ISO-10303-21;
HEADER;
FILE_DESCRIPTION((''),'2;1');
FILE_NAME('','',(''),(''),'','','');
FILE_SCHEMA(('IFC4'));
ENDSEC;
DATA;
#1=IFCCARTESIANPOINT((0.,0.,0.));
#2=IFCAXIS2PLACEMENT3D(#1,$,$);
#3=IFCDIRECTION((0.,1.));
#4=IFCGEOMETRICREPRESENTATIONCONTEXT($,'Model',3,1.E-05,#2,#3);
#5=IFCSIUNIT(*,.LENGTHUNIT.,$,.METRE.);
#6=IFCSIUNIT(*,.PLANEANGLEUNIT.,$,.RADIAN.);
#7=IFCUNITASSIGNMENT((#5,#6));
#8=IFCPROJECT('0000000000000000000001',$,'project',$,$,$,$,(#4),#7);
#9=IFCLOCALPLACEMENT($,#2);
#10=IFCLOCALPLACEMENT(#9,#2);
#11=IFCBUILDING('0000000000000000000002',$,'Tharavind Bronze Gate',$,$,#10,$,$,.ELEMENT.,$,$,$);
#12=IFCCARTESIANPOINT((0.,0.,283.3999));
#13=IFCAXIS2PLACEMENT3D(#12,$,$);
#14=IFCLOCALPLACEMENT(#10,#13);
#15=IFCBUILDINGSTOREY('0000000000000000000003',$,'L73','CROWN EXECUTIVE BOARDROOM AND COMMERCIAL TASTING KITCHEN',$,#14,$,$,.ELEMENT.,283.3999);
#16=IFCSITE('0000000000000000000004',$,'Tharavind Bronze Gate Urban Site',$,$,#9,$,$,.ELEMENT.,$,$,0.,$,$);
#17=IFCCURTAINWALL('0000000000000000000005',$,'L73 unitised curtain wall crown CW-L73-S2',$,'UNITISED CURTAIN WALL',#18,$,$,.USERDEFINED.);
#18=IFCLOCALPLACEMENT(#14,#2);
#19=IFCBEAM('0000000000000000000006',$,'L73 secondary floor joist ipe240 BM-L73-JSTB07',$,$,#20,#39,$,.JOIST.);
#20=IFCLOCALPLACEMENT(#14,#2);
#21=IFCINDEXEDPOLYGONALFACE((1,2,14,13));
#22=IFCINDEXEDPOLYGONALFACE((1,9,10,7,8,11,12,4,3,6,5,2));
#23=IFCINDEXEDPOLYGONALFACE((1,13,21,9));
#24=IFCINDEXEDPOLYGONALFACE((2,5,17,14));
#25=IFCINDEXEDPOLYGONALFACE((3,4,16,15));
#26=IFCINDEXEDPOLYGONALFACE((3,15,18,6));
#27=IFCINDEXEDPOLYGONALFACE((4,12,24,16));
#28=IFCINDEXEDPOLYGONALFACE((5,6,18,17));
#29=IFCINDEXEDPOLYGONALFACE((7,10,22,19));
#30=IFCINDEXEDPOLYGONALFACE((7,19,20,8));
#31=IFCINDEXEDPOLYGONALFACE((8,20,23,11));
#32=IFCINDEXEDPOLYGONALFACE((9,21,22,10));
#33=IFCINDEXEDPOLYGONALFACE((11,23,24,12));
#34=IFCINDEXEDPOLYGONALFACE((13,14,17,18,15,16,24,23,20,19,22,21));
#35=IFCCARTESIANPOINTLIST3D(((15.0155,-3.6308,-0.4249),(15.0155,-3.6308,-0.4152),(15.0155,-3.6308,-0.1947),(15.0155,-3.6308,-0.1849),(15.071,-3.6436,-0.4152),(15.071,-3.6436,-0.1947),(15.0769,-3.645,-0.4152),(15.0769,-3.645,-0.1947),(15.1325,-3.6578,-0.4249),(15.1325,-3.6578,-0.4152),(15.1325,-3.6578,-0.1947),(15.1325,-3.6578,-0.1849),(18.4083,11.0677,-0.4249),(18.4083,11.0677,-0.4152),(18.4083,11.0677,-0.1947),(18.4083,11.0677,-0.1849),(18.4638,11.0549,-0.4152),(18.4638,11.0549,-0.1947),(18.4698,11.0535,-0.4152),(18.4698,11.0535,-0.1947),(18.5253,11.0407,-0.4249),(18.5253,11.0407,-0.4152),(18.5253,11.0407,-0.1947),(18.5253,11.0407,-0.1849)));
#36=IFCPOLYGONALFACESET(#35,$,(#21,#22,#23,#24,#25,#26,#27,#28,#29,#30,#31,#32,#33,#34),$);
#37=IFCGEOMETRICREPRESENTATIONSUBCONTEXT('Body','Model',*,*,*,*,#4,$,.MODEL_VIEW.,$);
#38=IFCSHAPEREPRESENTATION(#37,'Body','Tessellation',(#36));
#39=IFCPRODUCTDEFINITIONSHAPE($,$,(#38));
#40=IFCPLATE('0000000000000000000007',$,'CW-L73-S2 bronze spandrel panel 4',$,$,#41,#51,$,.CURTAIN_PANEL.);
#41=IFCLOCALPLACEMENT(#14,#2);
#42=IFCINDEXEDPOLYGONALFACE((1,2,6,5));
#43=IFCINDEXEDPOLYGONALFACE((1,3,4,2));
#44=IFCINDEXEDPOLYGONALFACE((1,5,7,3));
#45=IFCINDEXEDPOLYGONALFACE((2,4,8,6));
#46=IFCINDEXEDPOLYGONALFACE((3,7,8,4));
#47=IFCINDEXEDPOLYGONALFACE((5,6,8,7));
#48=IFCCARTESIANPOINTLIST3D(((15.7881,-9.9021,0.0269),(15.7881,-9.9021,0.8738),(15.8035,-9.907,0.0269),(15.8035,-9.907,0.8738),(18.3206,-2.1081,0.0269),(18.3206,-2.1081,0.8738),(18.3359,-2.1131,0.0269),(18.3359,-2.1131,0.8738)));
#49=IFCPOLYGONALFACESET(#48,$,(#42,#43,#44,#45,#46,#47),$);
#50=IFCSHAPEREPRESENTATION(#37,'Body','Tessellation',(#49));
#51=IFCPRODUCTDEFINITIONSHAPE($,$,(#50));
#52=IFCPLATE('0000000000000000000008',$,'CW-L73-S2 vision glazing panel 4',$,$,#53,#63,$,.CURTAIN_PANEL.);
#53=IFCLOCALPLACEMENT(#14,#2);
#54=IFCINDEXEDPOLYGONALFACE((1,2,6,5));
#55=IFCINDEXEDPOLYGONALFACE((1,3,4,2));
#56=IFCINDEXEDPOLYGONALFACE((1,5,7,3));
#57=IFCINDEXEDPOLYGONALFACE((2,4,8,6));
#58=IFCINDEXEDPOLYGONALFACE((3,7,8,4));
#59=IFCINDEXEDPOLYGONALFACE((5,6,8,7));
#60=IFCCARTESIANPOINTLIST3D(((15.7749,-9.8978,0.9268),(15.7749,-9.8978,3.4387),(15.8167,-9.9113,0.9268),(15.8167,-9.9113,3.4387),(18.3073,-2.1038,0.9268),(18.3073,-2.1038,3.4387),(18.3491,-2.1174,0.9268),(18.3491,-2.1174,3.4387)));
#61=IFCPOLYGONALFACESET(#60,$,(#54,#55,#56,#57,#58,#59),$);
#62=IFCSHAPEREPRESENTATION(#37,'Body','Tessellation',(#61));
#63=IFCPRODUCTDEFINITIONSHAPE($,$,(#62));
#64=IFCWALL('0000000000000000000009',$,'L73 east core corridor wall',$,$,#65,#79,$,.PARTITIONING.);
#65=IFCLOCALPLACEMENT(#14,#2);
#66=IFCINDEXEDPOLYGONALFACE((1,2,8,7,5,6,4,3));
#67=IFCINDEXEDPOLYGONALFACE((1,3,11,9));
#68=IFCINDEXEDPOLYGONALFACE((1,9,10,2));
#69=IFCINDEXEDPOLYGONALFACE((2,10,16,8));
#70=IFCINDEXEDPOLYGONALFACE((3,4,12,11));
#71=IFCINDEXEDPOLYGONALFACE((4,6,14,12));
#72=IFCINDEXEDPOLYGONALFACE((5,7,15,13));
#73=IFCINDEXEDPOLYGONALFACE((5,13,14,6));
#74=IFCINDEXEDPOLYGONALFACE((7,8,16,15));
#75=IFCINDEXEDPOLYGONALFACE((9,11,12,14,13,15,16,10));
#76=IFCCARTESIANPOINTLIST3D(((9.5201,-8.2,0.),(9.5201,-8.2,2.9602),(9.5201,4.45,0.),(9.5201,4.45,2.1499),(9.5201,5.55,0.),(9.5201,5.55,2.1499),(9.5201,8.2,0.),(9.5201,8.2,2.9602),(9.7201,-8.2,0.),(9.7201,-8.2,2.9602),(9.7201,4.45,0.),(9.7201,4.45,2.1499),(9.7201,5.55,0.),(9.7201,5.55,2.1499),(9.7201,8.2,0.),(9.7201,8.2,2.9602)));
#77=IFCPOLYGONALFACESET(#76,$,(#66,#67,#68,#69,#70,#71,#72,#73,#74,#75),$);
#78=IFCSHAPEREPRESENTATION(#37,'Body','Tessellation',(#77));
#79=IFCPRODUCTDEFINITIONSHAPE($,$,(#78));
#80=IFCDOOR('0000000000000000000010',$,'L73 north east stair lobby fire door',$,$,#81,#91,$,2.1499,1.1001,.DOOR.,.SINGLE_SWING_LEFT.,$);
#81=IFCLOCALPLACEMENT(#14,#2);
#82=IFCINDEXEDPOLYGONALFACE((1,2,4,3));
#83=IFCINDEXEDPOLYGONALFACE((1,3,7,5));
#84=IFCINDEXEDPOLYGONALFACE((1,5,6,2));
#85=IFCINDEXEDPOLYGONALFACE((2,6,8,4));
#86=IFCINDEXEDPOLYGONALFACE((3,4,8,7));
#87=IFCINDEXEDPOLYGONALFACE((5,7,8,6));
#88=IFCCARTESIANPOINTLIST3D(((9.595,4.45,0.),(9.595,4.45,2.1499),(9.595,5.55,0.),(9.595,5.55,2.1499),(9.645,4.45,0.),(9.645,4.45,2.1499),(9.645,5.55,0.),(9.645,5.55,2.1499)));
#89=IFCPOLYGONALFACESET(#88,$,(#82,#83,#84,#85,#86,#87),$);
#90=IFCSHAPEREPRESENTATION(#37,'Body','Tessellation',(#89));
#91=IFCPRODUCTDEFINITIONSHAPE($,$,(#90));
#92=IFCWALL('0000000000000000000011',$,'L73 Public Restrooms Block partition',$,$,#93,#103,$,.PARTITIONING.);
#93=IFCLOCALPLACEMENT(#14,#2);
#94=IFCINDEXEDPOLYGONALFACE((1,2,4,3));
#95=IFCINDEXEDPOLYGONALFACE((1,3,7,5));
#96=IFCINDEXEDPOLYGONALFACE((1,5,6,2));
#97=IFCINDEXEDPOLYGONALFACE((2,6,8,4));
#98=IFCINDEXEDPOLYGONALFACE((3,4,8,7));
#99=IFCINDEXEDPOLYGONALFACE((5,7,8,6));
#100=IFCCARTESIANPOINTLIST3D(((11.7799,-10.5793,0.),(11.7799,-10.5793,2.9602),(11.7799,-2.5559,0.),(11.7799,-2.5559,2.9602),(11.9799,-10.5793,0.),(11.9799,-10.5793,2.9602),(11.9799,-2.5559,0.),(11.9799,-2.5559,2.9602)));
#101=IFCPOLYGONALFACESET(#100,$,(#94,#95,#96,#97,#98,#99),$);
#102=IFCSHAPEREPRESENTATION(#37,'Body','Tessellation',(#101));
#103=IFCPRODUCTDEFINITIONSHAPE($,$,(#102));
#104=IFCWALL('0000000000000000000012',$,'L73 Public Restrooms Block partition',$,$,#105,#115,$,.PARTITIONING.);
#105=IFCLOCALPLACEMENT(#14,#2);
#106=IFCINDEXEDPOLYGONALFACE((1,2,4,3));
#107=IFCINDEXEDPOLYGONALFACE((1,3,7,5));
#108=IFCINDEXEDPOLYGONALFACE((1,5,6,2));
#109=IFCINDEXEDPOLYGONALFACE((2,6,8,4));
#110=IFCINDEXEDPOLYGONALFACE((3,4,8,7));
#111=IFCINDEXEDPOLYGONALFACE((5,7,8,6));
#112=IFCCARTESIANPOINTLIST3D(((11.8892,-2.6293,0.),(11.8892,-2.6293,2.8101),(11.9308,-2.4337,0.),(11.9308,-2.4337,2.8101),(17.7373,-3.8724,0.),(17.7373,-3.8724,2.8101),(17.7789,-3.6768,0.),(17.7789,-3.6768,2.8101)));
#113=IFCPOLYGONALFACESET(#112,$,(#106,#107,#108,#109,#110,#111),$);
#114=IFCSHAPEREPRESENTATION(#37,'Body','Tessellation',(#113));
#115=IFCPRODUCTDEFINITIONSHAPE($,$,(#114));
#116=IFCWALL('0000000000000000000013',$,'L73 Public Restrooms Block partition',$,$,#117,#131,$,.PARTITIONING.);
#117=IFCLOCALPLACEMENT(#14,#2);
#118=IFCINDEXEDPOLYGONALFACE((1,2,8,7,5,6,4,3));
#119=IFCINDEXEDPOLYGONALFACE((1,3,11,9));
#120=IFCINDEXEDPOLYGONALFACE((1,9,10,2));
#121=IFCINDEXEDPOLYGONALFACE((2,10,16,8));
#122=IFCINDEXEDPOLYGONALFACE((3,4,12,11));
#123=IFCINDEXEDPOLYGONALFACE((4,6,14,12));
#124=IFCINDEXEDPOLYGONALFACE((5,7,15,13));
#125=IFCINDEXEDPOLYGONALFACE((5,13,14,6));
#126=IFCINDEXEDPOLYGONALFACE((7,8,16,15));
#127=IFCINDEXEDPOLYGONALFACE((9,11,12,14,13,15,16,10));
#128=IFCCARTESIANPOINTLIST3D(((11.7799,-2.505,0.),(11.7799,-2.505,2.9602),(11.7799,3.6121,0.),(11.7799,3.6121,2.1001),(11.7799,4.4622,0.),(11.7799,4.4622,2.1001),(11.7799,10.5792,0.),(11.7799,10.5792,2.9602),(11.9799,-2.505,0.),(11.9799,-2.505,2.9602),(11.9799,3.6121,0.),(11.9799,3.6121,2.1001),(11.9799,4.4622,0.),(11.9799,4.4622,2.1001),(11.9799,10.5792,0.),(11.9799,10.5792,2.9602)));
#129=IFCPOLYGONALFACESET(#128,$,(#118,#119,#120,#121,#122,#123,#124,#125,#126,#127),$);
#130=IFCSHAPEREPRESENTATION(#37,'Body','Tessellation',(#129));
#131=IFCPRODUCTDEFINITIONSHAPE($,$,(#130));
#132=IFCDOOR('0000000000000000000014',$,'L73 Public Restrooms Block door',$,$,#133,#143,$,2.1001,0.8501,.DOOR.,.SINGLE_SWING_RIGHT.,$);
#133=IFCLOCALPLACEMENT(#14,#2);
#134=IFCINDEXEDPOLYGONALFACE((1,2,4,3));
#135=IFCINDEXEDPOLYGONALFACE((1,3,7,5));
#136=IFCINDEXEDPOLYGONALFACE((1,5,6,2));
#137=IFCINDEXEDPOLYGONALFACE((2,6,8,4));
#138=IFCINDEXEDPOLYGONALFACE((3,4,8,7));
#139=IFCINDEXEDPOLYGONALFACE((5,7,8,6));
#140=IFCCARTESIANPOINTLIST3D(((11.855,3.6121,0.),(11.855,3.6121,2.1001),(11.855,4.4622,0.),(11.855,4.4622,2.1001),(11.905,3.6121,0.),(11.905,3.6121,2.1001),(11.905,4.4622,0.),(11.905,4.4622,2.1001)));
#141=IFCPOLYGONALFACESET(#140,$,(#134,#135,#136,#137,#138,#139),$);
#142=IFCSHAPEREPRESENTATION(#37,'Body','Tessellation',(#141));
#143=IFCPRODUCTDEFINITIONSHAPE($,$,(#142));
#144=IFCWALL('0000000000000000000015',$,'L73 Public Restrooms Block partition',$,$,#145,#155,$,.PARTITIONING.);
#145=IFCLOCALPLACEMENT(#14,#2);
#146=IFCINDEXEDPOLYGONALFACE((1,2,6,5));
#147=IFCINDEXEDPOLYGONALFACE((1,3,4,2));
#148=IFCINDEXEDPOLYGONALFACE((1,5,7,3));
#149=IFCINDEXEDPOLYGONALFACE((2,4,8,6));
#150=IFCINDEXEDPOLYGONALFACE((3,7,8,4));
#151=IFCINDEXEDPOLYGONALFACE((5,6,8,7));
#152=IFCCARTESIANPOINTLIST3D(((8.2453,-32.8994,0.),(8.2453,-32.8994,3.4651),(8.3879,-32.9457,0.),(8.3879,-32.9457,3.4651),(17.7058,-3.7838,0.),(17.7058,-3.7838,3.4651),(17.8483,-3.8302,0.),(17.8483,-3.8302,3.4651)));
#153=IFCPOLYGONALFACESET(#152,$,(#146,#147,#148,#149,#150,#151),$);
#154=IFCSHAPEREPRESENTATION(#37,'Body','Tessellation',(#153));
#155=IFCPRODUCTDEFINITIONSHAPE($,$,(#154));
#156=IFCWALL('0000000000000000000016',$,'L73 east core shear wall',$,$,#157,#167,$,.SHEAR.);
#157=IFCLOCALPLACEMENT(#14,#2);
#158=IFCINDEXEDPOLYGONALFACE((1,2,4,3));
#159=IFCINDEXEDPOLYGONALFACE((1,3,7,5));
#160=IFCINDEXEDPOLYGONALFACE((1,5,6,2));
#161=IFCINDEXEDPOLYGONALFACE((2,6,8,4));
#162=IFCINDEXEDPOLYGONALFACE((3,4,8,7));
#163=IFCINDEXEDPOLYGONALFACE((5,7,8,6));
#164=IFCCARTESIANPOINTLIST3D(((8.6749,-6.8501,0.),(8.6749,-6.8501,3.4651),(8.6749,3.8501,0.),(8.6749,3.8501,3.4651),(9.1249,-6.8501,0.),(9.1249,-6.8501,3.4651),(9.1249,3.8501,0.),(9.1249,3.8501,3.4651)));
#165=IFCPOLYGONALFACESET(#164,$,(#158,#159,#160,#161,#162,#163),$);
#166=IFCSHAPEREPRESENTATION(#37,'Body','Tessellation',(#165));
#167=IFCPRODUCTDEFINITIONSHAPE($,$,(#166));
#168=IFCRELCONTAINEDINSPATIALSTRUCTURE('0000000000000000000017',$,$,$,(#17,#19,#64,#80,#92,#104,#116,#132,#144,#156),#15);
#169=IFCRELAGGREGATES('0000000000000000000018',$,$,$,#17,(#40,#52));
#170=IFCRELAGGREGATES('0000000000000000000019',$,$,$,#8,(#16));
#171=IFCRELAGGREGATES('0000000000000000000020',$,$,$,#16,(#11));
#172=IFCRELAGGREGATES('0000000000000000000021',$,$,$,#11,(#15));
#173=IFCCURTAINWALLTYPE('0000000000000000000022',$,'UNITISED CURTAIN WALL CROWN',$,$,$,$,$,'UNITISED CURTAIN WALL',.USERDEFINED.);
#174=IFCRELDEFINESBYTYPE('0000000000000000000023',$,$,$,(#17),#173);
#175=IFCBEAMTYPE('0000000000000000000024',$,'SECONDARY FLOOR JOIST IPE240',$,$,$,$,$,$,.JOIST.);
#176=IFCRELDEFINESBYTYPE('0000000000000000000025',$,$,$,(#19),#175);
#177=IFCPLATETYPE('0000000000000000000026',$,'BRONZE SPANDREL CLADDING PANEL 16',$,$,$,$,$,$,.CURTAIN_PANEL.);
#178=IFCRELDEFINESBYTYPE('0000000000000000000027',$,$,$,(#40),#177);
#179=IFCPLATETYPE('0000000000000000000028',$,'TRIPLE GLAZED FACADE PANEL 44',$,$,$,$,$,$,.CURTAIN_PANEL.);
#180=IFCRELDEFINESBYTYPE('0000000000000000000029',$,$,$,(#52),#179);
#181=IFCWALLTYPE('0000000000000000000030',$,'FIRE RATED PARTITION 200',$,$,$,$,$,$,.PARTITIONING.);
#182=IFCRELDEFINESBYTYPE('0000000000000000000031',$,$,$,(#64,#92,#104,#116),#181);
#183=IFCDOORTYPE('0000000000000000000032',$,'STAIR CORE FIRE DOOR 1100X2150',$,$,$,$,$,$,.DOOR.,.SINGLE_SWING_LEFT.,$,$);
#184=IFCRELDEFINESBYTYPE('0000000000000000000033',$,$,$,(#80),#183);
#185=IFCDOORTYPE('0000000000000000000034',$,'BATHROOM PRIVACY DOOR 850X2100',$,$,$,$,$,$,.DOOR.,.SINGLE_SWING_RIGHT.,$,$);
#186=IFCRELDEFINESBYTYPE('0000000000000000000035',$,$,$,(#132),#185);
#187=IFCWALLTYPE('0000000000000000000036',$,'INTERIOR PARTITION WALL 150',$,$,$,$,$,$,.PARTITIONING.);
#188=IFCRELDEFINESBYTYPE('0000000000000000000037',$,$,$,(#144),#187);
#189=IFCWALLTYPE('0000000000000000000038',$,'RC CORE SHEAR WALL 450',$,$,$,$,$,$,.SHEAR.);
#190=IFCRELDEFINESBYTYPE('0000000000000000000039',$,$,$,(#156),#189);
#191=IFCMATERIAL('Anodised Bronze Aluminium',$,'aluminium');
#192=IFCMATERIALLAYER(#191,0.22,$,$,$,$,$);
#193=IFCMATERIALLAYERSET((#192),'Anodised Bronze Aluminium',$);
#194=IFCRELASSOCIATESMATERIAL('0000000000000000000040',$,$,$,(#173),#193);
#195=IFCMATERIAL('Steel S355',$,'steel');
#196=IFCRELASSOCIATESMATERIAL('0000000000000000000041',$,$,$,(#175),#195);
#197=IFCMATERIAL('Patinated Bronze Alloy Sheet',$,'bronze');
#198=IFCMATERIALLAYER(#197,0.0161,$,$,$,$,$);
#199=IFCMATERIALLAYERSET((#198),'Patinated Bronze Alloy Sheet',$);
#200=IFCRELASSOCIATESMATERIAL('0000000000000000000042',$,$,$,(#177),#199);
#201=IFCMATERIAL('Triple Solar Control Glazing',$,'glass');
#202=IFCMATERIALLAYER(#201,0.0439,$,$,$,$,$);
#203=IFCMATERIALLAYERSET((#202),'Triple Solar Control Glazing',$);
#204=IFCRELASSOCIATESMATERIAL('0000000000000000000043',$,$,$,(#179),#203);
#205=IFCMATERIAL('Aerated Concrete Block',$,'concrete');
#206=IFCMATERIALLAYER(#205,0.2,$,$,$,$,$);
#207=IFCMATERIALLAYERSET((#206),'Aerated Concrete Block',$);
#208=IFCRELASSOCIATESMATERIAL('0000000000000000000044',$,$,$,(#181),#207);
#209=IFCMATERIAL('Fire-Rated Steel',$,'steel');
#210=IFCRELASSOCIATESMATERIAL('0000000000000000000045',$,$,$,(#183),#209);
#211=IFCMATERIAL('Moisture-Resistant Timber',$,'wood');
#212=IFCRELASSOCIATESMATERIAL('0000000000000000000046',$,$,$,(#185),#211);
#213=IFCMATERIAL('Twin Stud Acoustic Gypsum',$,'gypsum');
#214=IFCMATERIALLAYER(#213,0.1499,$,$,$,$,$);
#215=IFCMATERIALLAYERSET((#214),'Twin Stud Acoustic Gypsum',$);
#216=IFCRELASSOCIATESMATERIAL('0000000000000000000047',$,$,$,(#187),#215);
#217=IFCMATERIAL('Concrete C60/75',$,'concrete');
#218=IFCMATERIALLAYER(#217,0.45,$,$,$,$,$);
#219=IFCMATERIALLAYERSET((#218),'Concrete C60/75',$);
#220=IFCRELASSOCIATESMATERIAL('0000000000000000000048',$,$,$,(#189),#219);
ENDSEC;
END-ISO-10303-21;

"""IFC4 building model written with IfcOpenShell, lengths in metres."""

from ifc_helpers import new_model, si_unit, direction, frame, frame_2d, origin, origin_2d, place, context, subcontext, project, spatial, rectangle, i_section, extrude, material, layer, layer_set, material_profile, profile_set, type_object, element, fill, aggregate, save


model = new_model("IFC4")

# Units and contexts
model_context = context("Model", 3, precision=1e-05, world=origin(), true_north=direction((0.0, 1.0)))
body_context = subcontext(model_context, "Body", "Model", "MODEL_VIEW")
ifc_project = project(units=[si_unit("LENGTHUNIT", "METRE"), si_unit("PLANEANGLEUNIT", "RADIAN")], contexts=[model_context])

# Site, building, storey
site_placement = place(None, origin())
site = spatial("IfcSite", under=ifc_project, at=site_placement, Name="Tharavind Bronze Gate Urban Site", CompositionType="ELEMENT", RefElevation=0.0)
building_placement = place(site_placement, origin())
building = spatial("IfcBuilding", under=site, at=building_placement, Name="Tharavind Bronze Gate", CompositionType="ELEMENT")
storey_placement = place(building_placement, frame((0.0, 0.0, 283.3999)))
storey = spatial("IfcBuildingStorey", under=building, at=storey_placement, Name="L73", Description="CROWN EXECUTIVE BOARDROOM AND COMMERCIAL TASTING KITCHEN", CompositionType="ELEMENT", Elevation=283.3999)

# Curtain wall
ifc_material_1 = material(Name="Anodised Bronze Aluminium", Category="aluminium")
ifc_layer_1 = layer(ifc_material_1, 0.22)
ifc_layer_set_1 = layer_set([ifc_layer_1], Name="Anodised Bronze Aluminium")
curtain_wall_type = type_object("IfcCurtainWallType", Name="UNITISED CURTAIN WALL CROWN", ElementType="UNITISED CURTAIN WALL", PredefinedType="USERDEFINED", material=ifc_layer_set_1)
curtain_wall_placement = place(storey_placement, origin())
curtain_wall = element("IfcCurtainWall", 1, at=curtain_wall_placement, inside=storey, type_object=curtain_wall_type, Name="L73 unitised curtain wall crown CW-L73-S2", ObjectType="UNITISED CURTAIN WALL", PredefinedType="USERDEFINED")

# Beam
ifc_material_2 = material(Name="Steel S355", Category="steel")
ifc_material_profile_1 = material_profile(ifc_material_2, i_section(OverallWidth=0.1201, OverallDepth=0.24, WebThickness=0.0061, FlangeThickness=0.0098, at=origin_2d()), Name="IPE240")
ifc_profile_set_1 = profile_set([ifc_material_profile_1], Name="Steel S355")
beam_type_1 = type_object("IfcBeamType", Name="SECONDARY FLOOR JOIST IPE240", PredefinedType="JOIST", material=ifc_profile_set_1)
beam_1_placement = place(storey_placement, frame((15.074, -3.6443, -0.3049), z_axis=(0.224914, 0.974379, 0.0), x_axis=(-0.974379, 0.224914, 0.0)))
element("IfcBeam", 2, at=beam_1_placement, inside=storey, type_object=beam_type_1, Name="L73 secondary floor joist ipe240 BM-L73-JSTB07", PredefinedType="JOIST", context=body_context, shape_type="SweptSolid", body=[
    extrude(i_section(OverallWidth=0.1201, OverallDepth=0.24, WebThickness=0.0061, FlangeThickness=0.0098, at=origin_2d()), origin(), (0.0, 0.0, 1.0), 15.085),
])

# Plates
ifc_material_3 = material(Name="Patinated Bronze Alloy Sheet", Category="bronze")
ifc_layer_2 = layer(ifc_material_3, 0.0161)
ifc_layer_set_2 = layer_set([ifc_layer_2], Name="Patinated Bronze Alloy Sheet")
plate_type_1 = type_object("IfcPlateType", Name="BRONZE SPANDREL CLADDING PANEL 16", PredefinedType="CURTAIN_PANEL", material=ifc_layer_set_2)
plate_1_placement = place(storey_placement, frame((17.062, -6.0076, 0.0269), z_axis=(0.0, 0.0, 1.0), x_axis=(0.309017, 0.951057, 0.0)))
plate_1 = element("IfcPlate", 3, at=plate_1_placement, type_object=plate_type_1, Name="CW-L73-S2 bronze spandrel panel 4", PredefinedType="CURTAIN_PANEL", context=body_context, shape_type="SweptSolid", body=[
    extrude(rectangle(XDim=8.1951, YDim=0.0161, at=origin_2d()), origin(), (0.0, 0.0, 1.0), 0.8469),
])
ifc_material_4 = material(Name="Triple Solar Control Glazing", Category="glass")
ifc_layer_3 = layer(ifc_material_4, 0.0439)
ifc_layer_set_3 = layer_set([ifc_layer_3], Name="Triple Solar Control Glazing")
plate_type_2 = type_object("IfcPlateType", Name="TRIPLE GLAZED FACADE PANEL 44", PredefinedType="CURTAIN_PANEL", material=ifc_layer_set_3)
plate_2_placement = place(storey_placement, frame((17.062, -6.0076, 0.9268), z_axis=(0.0, 0.0, 1.0), x_axis=(0.309017, 0.951057, 0.0)))
plate_2 = element("IfcPlate", 4, at=plate_2_placement, type_object=plate_type_2, Name="CW-L73-S2 vision glazing panel 4", PredefinedType="CURTAIN_PANEL", context=body_context, shape_type="SweptSolid", body=[
    extrude(rectangle(XDim=8.1951, YDim=0.0439, at=origin_2d()), origin(), (0.0, 0.0, 1.0), 2.512),
])
aggregate(curtain_wall, [plate_1, plate_2])

# Wall, opening, door
ifc_material_5 = material(Name="Aerated Concrete Block", Category="concrete")
ifc_layer_4 = layer(ifc_material_5, 0.2)
ifc_layer_set_4 = layer_set([ifc_layer_4], Name="Aerated Concrete Block")
wall_type_1 = type_object("IfcWallType", Name="FIRE RATED PARTITION 200", PredefinedType="PARTITIONING", material=ifc_layer_set_4)
wall_1_placement = place(storey_placement, frame((9.6201, -8.2, 0.0), z_axis=(0.0, 0.0, 1.0), x_axis=(0.0, 1.0, 0.0)))
wall_1 = element("IfcWall", 5, at=wall_1_placement, inside=storey, type_object=wall_type_1, Name="L73 east core corridor wall", PredefinedType="PARTITIONING", context=body_context, shape_type="SweptSolid", body=[
    extrude(rectangle(XDim=16.3999, YDim=0.2, at=frame_2d((8.2, 0.0))), origin(), (0.0, 0.0, 1.0), 2.9602),
])
opening_1_placement = place(wall_1_placement, frame((12.6499, 0.0, 0.0)))
opening_1 = element("IfcOpeningElement", 6, at=opening_1_placement, cuts=wall_1, PredefinedType="OPENING", context=body_context, shape_type="SweptSolid", body=[
    extrude(rectangle(XDim=1.1001, YDim=2.1499, at=frame_2d((0.55, 1.075))), frame((0.0, 0.1101, 0.0), z_axis=(0.0, -1.0, 0.0), x_axis=(1.0, 0.0, 0.0)), (0.0, 0.0, 1.0), 0.22),
])
ifc_material_6 = material(Name="Fire-Rated Steel", Category="steel")
door_type_1 = type_object("IfcDoorType", Name="STAIR CORE FIRE DOOR 1100X2150", OperationType="SINGLE_SWING_LEFT", PredefinedType="DOOR", material=ifc_material_6)
door_1_placement = place(opening_1_placement, frame((1.1001, 0.0, 0.0), z_axis=(0.0, 0.0, 1.0), x_axis=(-1.0, 0.0, 0.0)))
door_1 = element("IfcDoor", 7, at=door_1_placement, inside=storey, type_object=door_type_1, Name="L73 north east stair lobby fire door", OperationType="SINGLE_SWING_LEFT", OverallHeight=2.1499, OverallWidth=1.1001, PredefinedType="DOOR", context=body_context, shape_type="SweptSolid", body=[
    extrude(rectangle(XDim=1.1001, YDim=2.1499, at=frame_2d((0.55, 1.075))), frame((0.0, 0.0249, 0.0), z_axis=(0.0, -1.0, 0.0), x_axis=(1.0, 0.0, 0.0)), (0.0, 0.0, 1.0), 0.05),
])
fill(opening_1, door_1)

# Walls
wall_2_placement = place(storey_placement, frame((11.8799, -10.5793, 0.0), z_axis=(0.0, 0.0, 1.0), x_axis=(0.0, 1.0, 0.0)))
element("IfcWall", 8, at=wall_2_placement, inside=storey, type_object=wall_type_1, Name="L73 Public Restrooms Block partition", PredefinedType="PARTITIONING", context=body_context, shape_type="SweptSolid", body=[
    extrude(rectangle(XDim=8.0234, YDim=0.2, at=frame_2d((4.0117, 0.0))), origin(), (0.0, 0.0, 1.0), 2.9602),
])
wall_3_placement = place(storey_placement, frame((11.9102, -2.5315, 0.0), z_axis=(0.0, 0.0, 1.0), x_axis=(0.978144, -0.207928, 0.0)))
element("IfcWall", 9, at=wall_3_placement, inside=storey, type_object=wall_type_1, Name="L73 Public Restrooms Block partition", PredefinedType="PARTITIONING", context=body_context, shape_type="SweptSolid", body=[
    extrude(rectangle(XDim=5.9788, YDim=0.2, at=frame_2d((2.9893, 0.0))), origin(), (0.0, 0.0, 1.0), 2.8101),
])

# Wall, opening, door
wall_4_placement = place(storey_placement, frame((11.8799, -2.5049, 0.0), z_axis=(0.0, 0.0, 1.0), x_axis=(0.0, 1.0, 0.0)))
wall_4 = element("IfcWall", 10, at=wall_4_placement, inside=storey, type_object=wall_type_1, Name="L73 Public Restrooms Block partition", PredefinedType="PARTITIONING", context=body_context, shape_type="SweptSolid", body=[
    extrude(rectangle(XDim=13.0842, YDim=0.2, at=frame_2d((6.542, 0.0))), origin(), (0.0, 0.0, 1.0), 2.9602),
])
opening_2_placement = place(wall_4_placement, frame((6.1169, 0.0, 0.0)))
opening_2 = element("IfcOpeningElement", 11, at=opening_2_placement, cuts=wall_4, PredefinedType="OPENING", context=body_context, shape_type="SweptSolid", body=[
    extrude(rectangle(XDim=0.8501, YDim=2.1001, at=frame_2d((0.425, 1.05))), frame((0.0, 0.1101, 0.0), z_axis=(0.0, -1.0, 0.0), x_axis=(1.0, 0.0, 0.0)), (0.0, 0.0, 1.0), 0.22),
])
ifc_material_7 = material(Name="Moisture-Resistant Timber", Category="wood")
door_type_2 = type_object("IfcDoorType", Name="BATHROOM PRIVACY DOOR 850X2100", OperationType="SINGLE_SWING_RIGHT", PredefinedType="DOOR", material=ifc_material_7)
door_2_placement = place(opening_2_placement, origin())
door_2 = element("IfcDoor", 12, at=door_2_placement, inside=storey, type_object=door_type_2, Name="L73 Public Restrooms Block door", OperationType="SINGLE_SWING_RIGHT", OverallHeight=2.1001, OverallWidth=0.8501, PredefinedType="DOOR", context=body_context, shape_type="SweptSolid", body=[
    extrude(rectangle(XDim=0.8501, YDim=2.1001, at=frame_2d((0.425, 1.05))), frame((0.0, 0.0249, 0.0), z_axis=(0.0, -1.0, 0.0), x_axis=(1.0, 0.0, 0.0)), (0.0, 0.0, 1.0), 0.05),
])
fill(opening_2, door_2)

# Walls
ifc_material_8 = material(Name="Twin Stud Acoustic Gypsum", Category="gypsum")
ifc_layer_5 = layer(ifc_material_8, 0.1499)
ifc_layer_set_5 = layer_set([ifc_layer_5], Name="Twin Stud Acoustic Gypsum")
wall_type_2 = type_object("IfcWallType", Name="INTERIOR PARTITION WALL 150", PredefinedType="PARTITIONING", material=ifc_layer_set_5)
wall_5_placement = place(storey_placement, frame((17.7771, -3.8069, 0.0), z_axis=(0.0, 0.0, 1.0), x_axis=(-0.309025, -0.951054, 0.0)))
element("IfcWall", 13, at=wall_5_placement, inside=storey, type_object=wall_type_2, Name="L73 Public Restrooms Block partition", PredefinedType="PARTITIONING", context=body_context, shape_type="SweptSolid", body=[
    extrude(rectangle(XDim=30.614, YDim=0.1499, at=frame_2d((15.3071, 0.0))), origin(), (0.0, 0.0, 1.0), 3.4651),
])
ifc_material_9 = material(Name="Concrete C60/75", Category="concrete")
ifc_layer_6 = layer(ifc_material_9, 0.45)
ifc_layer_set_6 = layer_set([ifc_layer_6], Name="Concrete C60/75")
wall_type_3 = type_object("IfcWallType", Name="RC CORE SHEAR WALL 450", PredefinedType="SHEAR", material=ifc_layer_set_6)
wall_6_placement = place(storey_placement, frame((8.8999, -6.8501, 0.0), z_axis=(0.0, 0.0, 1.0), x_axis=(0.0, 1.0, 0.0)))
element("IfcWall", 14, at=wall_6_placement, inside=storey, type_object=wall_type_3, Name="L73 east core shear wall", PredefinedType="SHEAR", context=body_context, shape_type="SweptSolid", body=[
    extrude(rectangle(XDim=10.7002, YDim=0.45, at=frame_2d((5.3501, 0.0))), origin(), (0.0, 0.0, 1.0), 3.4651),
])

save(model, "model.ifc")
